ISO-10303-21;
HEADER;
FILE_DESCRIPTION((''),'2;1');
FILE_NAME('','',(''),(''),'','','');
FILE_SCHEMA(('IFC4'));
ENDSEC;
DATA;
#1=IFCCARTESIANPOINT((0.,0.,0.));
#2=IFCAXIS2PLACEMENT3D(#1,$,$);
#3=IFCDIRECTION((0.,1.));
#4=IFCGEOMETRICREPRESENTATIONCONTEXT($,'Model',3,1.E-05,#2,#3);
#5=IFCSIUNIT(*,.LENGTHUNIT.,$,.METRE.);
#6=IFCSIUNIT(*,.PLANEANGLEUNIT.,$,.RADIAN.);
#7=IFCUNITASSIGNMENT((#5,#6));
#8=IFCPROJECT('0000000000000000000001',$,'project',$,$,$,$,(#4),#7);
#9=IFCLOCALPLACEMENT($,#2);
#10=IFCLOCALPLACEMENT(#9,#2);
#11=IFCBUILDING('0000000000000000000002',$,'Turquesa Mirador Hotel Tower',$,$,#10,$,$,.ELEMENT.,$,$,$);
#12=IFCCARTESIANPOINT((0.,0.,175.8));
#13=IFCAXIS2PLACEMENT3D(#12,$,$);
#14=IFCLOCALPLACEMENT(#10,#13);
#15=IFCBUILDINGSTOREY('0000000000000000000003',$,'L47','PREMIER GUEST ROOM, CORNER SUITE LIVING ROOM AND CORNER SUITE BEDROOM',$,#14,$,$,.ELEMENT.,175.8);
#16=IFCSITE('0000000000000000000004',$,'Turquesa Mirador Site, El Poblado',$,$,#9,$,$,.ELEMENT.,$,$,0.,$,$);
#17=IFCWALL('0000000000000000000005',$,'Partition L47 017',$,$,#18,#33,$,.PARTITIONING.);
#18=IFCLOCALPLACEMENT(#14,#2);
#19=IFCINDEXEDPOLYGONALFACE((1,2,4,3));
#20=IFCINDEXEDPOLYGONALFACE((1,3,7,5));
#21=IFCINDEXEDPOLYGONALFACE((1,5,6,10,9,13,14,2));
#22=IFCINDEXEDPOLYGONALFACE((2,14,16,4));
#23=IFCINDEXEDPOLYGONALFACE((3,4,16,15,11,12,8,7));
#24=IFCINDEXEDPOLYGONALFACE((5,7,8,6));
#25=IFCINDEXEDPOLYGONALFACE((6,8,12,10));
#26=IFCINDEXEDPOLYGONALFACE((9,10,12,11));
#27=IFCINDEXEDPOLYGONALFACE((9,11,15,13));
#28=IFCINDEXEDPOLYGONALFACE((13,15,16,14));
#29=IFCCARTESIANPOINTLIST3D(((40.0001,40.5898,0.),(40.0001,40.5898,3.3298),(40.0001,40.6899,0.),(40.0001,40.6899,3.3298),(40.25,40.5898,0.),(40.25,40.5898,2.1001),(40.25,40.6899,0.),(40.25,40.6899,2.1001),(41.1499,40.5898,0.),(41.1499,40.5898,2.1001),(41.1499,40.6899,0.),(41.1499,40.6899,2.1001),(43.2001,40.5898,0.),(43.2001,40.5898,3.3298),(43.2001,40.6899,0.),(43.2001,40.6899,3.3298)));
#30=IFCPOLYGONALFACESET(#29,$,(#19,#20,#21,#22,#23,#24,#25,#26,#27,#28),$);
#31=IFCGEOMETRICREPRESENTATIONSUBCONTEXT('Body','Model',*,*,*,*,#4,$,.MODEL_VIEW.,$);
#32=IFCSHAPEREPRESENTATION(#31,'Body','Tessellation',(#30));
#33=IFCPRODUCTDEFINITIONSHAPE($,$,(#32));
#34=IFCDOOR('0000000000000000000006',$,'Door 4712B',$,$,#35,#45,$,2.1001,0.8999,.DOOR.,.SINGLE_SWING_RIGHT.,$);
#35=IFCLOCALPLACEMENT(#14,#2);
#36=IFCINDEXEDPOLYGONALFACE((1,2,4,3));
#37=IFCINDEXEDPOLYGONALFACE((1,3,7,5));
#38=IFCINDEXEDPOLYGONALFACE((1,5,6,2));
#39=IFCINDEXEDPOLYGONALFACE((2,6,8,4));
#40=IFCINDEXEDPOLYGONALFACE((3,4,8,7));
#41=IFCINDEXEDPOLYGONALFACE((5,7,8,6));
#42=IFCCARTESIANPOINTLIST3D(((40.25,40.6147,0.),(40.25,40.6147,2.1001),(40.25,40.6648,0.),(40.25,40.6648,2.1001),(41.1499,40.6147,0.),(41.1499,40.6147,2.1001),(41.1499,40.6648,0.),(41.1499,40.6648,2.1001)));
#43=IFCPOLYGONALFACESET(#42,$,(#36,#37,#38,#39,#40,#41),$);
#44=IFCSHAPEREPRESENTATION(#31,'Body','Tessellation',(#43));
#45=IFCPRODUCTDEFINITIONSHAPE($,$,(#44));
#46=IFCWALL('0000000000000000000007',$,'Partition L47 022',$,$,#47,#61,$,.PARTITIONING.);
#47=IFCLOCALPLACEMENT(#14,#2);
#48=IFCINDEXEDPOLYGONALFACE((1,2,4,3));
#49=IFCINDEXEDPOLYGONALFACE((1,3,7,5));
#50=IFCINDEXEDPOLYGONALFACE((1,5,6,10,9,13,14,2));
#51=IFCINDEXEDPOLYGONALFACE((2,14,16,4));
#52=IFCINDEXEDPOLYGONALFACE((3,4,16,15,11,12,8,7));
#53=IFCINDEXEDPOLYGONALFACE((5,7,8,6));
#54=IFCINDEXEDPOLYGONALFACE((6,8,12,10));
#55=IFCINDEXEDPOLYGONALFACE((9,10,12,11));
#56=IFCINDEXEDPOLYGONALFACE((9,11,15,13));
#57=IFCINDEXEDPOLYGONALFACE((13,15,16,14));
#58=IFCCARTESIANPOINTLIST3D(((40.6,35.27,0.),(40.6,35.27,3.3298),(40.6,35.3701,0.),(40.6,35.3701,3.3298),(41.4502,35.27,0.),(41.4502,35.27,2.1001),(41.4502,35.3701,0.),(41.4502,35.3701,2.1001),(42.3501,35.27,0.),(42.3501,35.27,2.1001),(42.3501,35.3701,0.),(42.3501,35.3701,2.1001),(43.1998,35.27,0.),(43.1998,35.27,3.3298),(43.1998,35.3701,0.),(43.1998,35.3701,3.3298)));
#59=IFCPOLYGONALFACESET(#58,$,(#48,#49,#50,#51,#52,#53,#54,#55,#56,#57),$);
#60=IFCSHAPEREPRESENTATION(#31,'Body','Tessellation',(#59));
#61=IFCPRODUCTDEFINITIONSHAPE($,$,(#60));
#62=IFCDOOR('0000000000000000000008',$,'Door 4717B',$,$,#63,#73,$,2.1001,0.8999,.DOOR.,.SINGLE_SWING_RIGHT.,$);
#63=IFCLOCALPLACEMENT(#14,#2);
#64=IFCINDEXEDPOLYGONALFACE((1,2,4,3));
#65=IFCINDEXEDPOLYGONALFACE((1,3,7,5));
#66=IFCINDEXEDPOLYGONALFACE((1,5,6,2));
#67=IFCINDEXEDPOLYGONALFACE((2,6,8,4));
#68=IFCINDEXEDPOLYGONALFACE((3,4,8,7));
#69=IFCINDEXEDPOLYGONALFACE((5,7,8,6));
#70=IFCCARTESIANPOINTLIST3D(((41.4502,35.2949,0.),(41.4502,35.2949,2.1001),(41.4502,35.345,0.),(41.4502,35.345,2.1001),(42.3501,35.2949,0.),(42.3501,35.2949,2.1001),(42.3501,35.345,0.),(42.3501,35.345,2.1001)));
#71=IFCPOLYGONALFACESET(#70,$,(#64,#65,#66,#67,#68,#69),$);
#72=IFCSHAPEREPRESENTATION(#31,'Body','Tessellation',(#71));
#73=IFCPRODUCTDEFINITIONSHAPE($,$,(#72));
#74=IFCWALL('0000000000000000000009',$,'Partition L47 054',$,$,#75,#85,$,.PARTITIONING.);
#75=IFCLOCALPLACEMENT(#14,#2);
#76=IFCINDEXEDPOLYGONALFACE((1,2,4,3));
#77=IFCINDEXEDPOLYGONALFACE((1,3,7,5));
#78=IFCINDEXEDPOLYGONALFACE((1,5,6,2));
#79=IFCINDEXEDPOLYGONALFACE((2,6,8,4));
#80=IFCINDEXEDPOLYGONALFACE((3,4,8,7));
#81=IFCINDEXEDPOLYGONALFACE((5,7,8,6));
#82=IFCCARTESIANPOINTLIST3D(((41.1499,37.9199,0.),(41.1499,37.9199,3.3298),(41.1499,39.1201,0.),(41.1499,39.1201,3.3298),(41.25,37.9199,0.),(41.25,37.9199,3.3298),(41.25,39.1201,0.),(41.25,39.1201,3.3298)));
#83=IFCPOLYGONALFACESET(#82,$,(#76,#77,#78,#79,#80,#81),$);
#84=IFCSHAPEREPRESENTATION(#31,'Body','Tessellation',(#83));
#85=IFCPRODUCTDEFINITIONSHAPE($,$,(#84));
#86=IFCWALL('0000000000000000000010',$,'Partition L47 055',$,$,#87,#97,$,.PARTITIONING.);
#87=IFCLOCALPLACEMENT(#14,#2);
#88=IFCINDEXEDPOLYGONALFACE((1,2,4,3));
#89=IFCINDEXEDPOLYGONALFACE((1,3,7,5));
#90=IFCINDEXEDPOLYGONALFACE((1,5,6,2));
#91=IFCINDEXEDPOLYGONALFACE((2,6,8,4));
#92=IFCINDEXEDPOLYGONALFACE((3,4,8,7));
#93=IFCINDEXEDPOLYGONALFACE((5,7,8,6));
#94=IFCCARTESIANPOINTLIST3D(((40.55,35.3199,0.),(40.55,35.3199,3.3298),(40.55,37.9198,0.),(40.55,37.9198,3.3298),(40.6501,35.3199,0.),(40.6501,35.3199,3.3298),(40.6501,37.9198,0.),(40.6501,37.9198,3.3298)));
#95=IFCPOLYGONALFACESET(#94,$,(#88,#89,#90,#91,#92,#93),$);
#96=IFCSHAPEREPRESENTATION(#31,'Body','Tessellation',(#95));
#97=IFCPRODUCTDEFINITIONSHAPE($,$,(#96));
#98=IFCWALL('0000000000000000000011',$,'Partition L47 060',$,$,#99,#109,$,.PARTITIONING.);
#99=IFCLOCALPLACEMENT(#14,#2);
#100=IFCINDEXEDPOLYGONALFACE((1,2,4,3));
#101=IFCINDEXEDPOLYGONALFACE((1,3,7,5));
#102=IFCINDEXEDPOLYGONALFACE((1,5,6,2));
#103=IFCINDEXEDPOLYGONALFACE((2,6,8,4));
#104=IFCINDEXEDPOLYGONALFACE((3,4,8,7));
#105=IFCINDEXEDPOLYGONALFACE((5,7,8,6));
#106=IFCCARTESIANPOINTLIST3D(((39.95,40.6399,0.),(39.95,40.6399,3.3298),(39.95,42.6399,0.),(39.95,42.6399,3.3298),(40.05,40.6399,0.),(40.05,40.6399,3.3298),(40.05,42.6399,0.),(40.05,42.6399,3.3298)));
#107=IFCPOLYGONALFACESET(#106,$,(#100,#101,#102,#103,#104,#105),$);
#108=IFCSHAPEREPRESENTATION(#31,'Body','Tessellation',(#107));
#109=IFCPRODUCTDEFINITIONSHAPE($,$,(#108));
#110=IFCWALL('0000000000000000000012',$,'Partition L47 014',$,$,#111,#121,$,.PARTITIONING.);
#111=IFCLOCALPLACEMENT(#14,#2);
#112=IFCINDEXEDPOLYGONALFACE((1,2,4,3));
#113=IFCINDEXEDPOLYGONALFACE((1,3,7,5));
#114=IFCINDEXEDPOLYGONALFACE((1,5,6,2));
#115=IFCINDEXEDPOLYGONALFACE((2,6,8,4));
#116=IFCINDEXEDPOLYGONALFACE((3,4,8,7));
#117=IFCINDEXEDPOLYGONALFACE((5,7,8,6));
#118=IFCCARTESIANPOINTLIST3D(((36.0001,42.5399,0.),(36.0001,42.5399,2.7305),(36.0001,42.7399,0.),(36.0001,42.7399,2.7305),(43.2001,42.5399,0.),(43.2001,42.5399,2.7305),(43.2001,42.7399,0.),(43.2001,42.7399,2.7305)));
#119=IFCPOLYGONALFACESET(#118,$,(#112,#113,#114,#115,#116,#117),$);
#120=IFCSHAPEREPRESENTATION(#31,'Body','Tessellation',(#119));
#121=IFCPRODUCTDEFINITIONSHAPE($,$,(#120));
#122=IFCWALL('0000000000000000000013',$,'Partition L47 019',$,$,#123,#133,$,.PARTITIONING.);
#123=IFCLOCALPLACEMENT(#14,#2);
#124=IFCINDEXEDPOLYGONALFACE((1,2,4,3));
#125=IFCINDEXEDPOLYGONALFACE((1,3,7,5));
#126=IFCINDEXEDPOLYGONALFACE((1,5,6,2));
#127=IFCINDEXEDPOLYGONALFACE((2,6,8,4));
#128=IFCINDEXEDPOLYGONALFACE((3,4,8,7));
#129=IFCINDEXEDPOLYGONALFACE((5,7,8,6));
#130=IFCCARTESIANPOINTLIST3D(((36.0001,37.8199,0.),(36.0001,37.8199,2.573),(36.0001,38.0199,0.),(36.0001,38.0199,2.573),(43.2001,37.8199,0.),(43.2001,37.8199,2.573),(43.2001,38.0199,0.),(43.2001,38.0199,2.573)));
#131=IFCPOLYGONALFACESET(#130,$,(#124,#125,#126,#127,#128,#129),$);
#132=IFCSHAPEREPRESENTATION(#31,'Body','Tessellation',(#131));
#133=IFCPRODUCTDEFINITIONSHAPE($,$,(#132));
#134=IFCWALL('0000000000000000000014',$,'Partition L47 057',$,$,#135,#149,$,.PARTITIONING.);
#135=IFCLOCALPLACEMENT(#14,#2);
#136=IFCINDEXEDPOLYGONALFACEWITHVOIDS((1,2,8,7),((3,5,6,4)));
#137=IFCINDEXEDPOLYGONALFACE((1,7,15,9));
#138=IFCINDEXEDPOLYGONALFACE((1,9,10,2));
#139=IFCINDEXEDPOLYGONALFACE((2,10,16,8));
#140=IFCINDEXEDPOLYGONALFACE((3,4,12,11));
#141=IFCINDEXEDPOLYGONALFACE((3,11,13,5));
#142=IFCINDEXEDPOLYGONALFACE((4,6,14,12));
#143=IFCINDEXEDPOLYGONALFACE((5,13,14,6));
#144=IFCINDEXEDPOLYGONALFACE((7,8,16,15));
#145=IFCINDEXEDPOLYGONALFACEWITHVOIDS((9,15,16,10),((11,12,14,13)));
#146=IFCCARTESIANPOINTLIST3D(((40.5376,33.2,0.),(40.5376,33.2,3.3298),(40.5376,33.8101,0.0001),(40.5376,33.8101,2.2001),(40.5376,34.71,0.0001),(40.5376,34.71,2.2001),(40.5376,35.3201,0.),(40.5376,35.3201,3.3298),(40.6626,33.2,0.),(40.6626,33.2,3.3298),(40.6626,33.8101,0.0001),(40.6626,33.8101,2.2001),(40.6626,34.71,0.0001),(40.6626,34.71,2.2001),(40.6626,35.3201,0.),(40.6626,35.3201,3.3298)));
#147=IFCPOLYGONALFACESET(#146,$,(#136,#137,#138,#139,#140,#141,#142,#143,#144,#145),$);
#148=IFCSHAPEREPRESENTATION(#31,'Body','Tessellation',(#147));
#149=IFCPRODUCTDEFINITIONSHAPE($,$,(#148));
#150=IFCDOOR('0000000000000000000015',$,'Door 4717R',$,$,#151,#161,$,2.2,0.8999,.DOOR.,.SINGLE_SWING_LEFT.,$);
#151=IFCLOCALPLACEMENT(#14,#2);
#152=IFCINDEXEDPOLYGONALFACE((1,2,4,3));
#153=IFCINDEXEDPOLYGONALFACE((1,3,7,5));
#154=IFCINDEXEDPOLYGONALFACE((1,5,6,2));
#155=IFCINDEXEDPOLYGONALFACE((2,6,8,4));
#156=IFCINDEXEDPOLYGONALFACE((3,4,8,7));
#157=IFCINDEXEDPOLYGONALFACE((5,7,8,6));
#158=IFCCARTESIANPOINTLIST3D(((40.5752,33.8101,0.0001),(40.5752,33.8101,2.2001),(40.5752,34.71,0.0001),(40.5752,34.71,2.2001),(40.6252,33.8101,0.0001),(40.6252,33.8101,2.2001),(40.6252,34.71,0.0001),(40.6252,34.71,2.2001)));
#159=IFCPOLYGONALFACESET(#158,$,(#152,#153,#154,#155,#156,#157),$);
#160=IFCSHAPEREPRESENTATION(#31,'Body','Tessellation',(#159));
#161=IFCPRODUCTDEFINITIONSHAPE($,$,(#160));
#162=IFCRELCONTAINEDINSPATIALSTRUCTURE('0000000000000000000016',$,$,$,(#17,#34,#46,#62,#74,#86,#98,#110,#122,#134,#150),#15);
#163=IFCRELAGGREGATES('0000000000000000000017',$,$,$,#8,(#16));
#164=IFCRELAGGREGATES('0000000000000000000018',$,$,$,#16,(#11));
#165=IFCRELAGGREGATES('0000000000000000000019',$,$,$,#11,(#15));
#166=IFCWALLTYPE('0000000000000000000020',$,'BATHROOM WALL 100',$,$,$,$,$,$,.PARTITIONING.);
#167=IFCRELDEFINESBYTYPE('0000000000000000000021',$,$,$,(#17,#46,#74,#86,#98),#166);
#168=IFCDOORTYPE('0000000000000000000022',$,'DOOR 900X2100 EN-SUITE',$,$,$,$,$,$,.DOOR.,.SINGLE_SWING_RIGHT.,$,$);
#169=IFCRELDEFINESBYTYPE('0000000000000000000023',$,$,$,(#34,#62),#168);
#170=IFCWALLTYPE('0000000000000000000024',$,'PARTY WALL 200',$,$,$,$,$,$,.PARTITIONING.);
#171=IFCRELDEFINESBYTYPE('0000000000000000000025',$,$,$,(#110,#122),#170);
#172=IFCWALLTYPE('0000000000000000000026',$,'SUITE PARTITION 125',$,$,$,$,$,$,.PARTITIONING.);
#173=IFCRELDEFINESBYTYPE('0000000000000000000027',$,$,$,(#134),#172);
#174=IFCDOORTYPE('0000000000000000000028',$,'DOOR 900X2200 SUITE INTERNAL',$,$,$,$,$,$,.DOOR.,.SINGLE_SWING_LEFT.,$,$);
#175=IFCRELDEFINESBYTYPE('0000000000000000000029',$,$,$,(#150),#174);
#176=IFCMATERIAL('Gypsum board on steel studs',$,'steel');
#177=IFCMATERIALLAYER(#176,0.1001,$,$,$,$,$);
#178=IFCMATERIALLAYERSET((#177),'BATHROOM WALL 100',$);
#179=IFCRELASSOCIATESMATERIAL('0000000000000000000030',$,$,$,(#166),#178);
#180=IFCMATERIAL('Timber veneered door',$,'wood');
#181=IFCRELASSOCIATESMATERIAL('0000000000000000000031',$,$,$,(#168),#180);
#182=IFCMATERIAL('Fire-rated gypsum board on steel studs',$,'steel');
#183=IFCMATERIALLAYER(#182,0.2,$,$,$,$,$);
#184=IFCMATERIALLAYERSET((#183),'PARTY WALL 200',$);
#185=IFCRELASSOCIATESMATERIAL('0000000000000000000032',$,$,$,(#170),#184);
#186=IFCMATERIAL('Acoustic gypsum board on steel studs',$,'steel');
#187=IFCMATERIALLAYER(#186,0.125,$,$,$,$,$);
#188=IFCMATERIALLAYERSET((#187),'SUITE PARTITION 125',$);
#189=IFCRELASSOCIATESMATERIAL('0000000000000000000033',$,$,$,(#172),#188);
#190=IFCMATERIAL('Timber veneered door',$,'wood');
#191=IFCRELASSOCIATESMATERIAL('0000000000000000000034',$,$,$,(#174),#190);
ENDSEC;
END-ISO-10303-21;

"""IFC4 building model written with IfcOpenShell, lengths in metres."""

from ifc_helpers import new_model, si_unit, direction, frame, frame_2d, origin, place, context, subcontext, project, spatial, rectangle, extrude, material, layer, layer_set, type_object, element, fill, save


model = new_model("IFC4")

# Units and contexts
model_context = context("Model", 3, precision=1e-05, world=origin(), true_north=direction((0.0, 1.0)))
body_context = subcontext(model_context, "Body", "Model", "MODEL_VIEW")
ifc_project = project(units=[si_unit("LENGTHUNIT", "METRE"), si_unit("PLANEANGLEUNIT", "RADIAN")], contexts=[model_context])

# Site, building, storey
site_placement = place(None, origin())
site = spatial("IfcSite", under=ifc_project, at=site_placement, Name="Turquesa Mirador Site, El Poblado", CompositionType="ELEMENT", RefElevation=0.0)
building_placement = place(site_placement, origin())
building = spatial("IfcBuilding", under=site, at=building_placement, Name="Turquesa Mirador Hotel Tower", CompositionType="ELEMENT")
storey_placement = place(building_placement, frame((0.0, 0.0, 175.8)))
storey = spatial("IfcBuildingStorey", under=building, at=storey_placement, Name="L47", Description="PREMIER GUEST ROOM, CORNER SUITE LIVING ROOM AND CORNER SUITE BEDROOM", CompositionType="ELEMENT", Elevation=175.8)

# Walls, openings, doors
ifc_material_1 = material(Name="Gypsum board on steel studs", Category="steel")
ifc_layer_1 = layer(ifc_material_1, 0.1001)
ifc_layer_set_1 = layer_set([ifc_layer_1], Name="BATHROOM WALL 100")
wall_type_1 = type_object("IfcWallType", Name="BATHROOM WALL 100", PredefinedType="PARTITIONING", material=ifc_layer_set_1)
wall_1_placement = place(storey_placement, frame((40.0, 40.6399, 0.0), z_axis=(0.0, 0.0, 1.0), x_axis=(1.0, 0.0, 0.0)))
wall_1 = element("IfcWall", 1, at=wall_1_placement, inside=storey, type_object=wall_type_1, Name="Partition L47 017", PredefinedType="PARTITIONING", context=body_context, shape_type="SweptSolid", body=[
    extrude(rectangle(XDim=3.2, YDim=0.1001, at=frame_2d((1.6001, 0.0))), origin(), (0.0, 0.0, 1.0), 3.3298),
])
opening_1_placement = place(wall_1_placement, frame((0.25, 0.0, 0.0)))
opening_1 = element("IfcOpeningElement", 2, at=opening_1_placement, cuts=wall_1, PredefinedType="OPENING", context=body_context, shape_type="SweptSolid", body=[
    extrude(rectangle(XDim=0.8999, YDim=2.1001, at=frame_2d((0.45, 1.05))), frame((0.0, 0.0601, 0.0), z_axis=(0.0, -1.0, 0.0), x_axis=(1.0, 0.0, 0.0)), (0.0, 0.0, 1.0), 0.1201),
])
ifc_material_2 = material(Name="Timber veneered door", Category="wood")
door_type_1 = type_object("IfcDoorType", Name="DOOR 900X2100 EN-SUITE", OperationType="SINGLE_SWING_RIGHT", PredefinedType="DOOR", material=ifc_material_2)
door_1_placement = place(opening_1_placement, origin())
door_1 = element("IfcDoor", 3, at=door_1_placement, inside=storey, type_object=door_type_1, Name="Door 4712B", OperationType="SINGLE_SWING_RIGHT", OverallHeight=2.1001, OverallWidth=0.8999, PredefinedType="DOOR", context=body_context, shape_type="SweptSolid", body=[
    extrude(rectangle(XDim=0.8999, YDim=2.1001, at=frame_2d((0.45, 1.05))), frame((0.0, 0.0249, 0.0), z_axis=(0.0, -1.0, 0.0), x_axis=(1.0, 0.0, 0.0)), (0.0, 0.0, 1.0), 0.05),
])
fill(opening_1, door_1)
wall_2_placement = place(storey_placement, frame((40.6001, 35.3201, 0.0), z_axis=(0.0, 0.0, 1.0), x_axis=(1.0, 0.0, 0.0)))
wall_2 = element("IfcWall", 4, at=wall_2_placement, inside=storey, type_object=wall_type_1, Name="Partition L47 022", PredefinedType="PARTITIONING", context=body_context, shape_type="SweptSolid", body=[
    extrude(rectangle(XDim=2.5999, YDim=0.1001, at=frame_2d((1.2998, 0.0))), origin(), (0.0, 0.0, 1.0), 3.3298),
])
opening_2_placement = place(wall_2_placement, frame((0.8501, 0.0, 0.0)))
opening_2 = element("IfcOpeningElement", 5, at=opening_2_placement, cuts=wall_2, PredefinedType="OPENING", context=body_context, shape_type="SweptSolid", body=[
    extrude(rectangle(XDim=0.8999, YDim=2.1001, at=frame_2d((0.45, 1.05))), frame((0.0, 0.0601, 0.0), z_axis=(0.0, -1.0, 0.0), x_axis=(1.0, 0.0, 0.0)), (0.0, 0.0, 1.0), 0.1201),
])
door_2_placement = place(opening_2_placement, origin())
door_2 = element("IfcDoor", 6, at=door_2_placement, inside=storey, type_object=door_type_1, Name="Door 4717B", OperationType="SINGLE_SWING_RIGHT", OverallHeight=2.1001, OverallWidth=0.8999, PredefinedType="DOOR", context=body_context, shape_type="SweptSolid", body=[
    extrude(rectangle(XDim=0.8999, YDim=2.1001, at=frame_2d((0.45, 1.05))), frame((0.0, 0.0249, 0.0), z_axis=(0.0, -1.0, 0.0), x_axis=(1.0, 0.0, 0.0)), (0.0, 0.0, 1.0), 0.05),
])
fill(opening_2, door_2)

# Walls
wall_3_placement = place(storey_placement, frame((41.2, 37.9199, 0.0), z_axis=(0.0, 0.0, 1.0), x_axis=(0.0, 1.0, 0.0)))
element("IfcWall", 7, at=wall_3_placement, inside=storey, type_object=wall_type_1, Name="Partition L47 054", PredefinedType="PARTITIONING", context=body_context, shape_type="SweptSolid", body=[
    extrude(rectangle(XDim=1.2002, YDim=0.1001, at=frame_2d((0.6001, 0.0))), origin(), (0.0, 0.0, 1.0), 3.3298),
])
wall_4_placement = place(storey_placement, frame((40.6001, 35.3201, 0.0), z_axis=(0.0, 0.0, 1.0), x_axis=(0.0, 1.0, 0.0)))
element("IfcWall", 8, at=wall_4_placement, inside=storey, type_object=wall_type_1, Name="Partition L47 055", PredefinedType="PARTITIONING", context=body_context, shape_type="SweptSolid", body=[
    extrude(rectangle(XDim=2.5999, YDim=0.1001, at=frame_2d((1.2998, 0.0))), origin(), (0.0, 0.0, 1.0), 3.3298),
])
wall_5_placement = place(storey_placement, frame((40.0, 40.6399, 0.0), z_axis=(0.0, 0.0, 1.0), x_axis=(0.0, 1.0, 0.0)))
element("IfcWall", 9, at=wall_5_placement, inside=storey, type_object=wall_type_1, Name="Partition L47 060", PredefinedType="PARTITIONING", context=body_context, shape_type="SweptSolid", body=[
    extrude(rectangle(XDim=2.0, YDim=0.1001, at=frame_2d((1.0, 0.0))), origin(), (0.0, 0.0, 1.0), 3.3298),
])
ifc_material_3 = material(Name="Fire-rated gypsum board on steel studs", Category="steel")
ifc_layer_2 = layer(ifc_material_3, 0.2)
ifc_layer_set_2 = layer_set([ifc_layer_2], Name="PARTY WALL 200")
wall_type_2 = type_object("IfcWallType", Name="PARTY WALL 200", PredefinedType="PARTITIONING", material=ifc_layer_set_2)
wall_6_placement = place(storey_placement, frame((36.0, 42.6399, 0.0), z_axis=(0.0, 0.0, 1.0), x_axis=(1.0, 0.0, 0.0)))
element("IfcWall", 10, at=wall_6_placement, inside=storey, type_object=wall_type_2, Name="Partition L47 014", PredefinedType="PARTITIONING", context=body_context, shape_type="SweptSolid", body=[
    extrude(rectangle(XDim=7.2, YDim=0.2, at=frame_2d((3.6001, 0.0))), origin(), (0.0, 0.0, 1.0), 2.7305),
])
wall_7_placement = place(storey_placement, frame((36.0, 37.9199, 0.0), z_axis=(0.0, 0.0, 1.0), x_axis=(1.0, 0.0, 0.0)))
element("IfcWall", 11, at=wall_7_placement, inside=storey, type_object=wall_type_2, Name="Partition L47 019", PredefinedType="PARTITIONING", context=body_context, shape_type="SweptSolid", body=[
    extrude(rectangle(XDim=7.2, YDim=0.2, at=frame_2d((3.6001, 0.0))), origin(), (0.0, 0.0, 1.0), 2.573),
])

# Wall, opening, door
ifc_material_4 = material(Name="Acoustic gypsum board on steel studs", Category="steel")
ifc_layer_3 = layer(ifc_material_4, 0.125)
ifc_layer_set_3 = layer_set([ifc_layer_3], Name="SUITE PARTITION 125")
wall_type_3 = type_object("IfcWallType", Name="SUITE PARTITION 125", PredefinedType="PARTITIONING", material=ifc_layer_set_3)
wall_8_placement = place(storey_placement, frame((40.6001, 33.2, 0.0), z_axis=(0.0, 0.0, 1.0), x_axis=(0.0, 1.0, 0.0)))
wall_8 = element("IfcWall", 12, at=wall_8_placement, inside=storey, type_object=wall_type_3, Name="Partition L47 057", PredefinedType="PARTITIONING", context=body_context, shape_type="SweptSolid", body=[
    extrude(rectangle(XDim=2.1201, YDim=0.125, at=frame_2d((1.0601, 0.0))), origin(), (0.0, 0.0, 1.0), 3.3298),
])
opening_3_placement = place(wall_8_placement, frame((0.6101, 0.0, 0.0)))
opening_3 = element("IfcOpeningElement", 13, at=opening_3_placement, cuts=wall_8, PredefinedType="OPENING", context=body_context, shape_type="SweptSolid", body=[
    extrude(rectangle(XDim=0.8999, YDim=2.2, at=frame_2d((0.45, 1.1001))), frame((0.0, 0.0725, 0.0), z_axis=(0.0, -1.0, 0.0), x_axis=(1.0, 0.0, 0.0)), (0.0, 0.0, 1.0), 0.145),
])
ifc_material_5 = material(Name="Timber veneered door", Category="wood")
door_type_2 = type_object("IfcDoorType", Name="DOOR 900X2200 SUITE INTERNAL", OperationType="SINGLE_SWING_LEFT", PredefinedType="DOOR", material=ifc_material_5)
door_3_placement = place(opening_3_placement, origin())
door_3 = element("IfcDoor", 14, at=door_3_placement, inside=storey, type_object=door_type_2, Name="Door 4717R", OperationType="SINGLE_SWING_LEFT", OverallHeight=2.2, OverallWidth=0.8999, PredefinedType="DOOR", context=body_context, shape_type="SweptSolid", body=[
    extrude(rectangle(XDim=0.8999, YDim=2.2, at=frame_2d((0.45, 1.1001))), frame((0.0, 0.0249, 0.0), z_axis=(0.0, -1.0, 0.0), x_axis=(1.0, 0.0, 0.0)), (0.0, 0.0, 1.0), 0.05),
])
fill(opening_3, door_3)

save(model, "model.ifc")
